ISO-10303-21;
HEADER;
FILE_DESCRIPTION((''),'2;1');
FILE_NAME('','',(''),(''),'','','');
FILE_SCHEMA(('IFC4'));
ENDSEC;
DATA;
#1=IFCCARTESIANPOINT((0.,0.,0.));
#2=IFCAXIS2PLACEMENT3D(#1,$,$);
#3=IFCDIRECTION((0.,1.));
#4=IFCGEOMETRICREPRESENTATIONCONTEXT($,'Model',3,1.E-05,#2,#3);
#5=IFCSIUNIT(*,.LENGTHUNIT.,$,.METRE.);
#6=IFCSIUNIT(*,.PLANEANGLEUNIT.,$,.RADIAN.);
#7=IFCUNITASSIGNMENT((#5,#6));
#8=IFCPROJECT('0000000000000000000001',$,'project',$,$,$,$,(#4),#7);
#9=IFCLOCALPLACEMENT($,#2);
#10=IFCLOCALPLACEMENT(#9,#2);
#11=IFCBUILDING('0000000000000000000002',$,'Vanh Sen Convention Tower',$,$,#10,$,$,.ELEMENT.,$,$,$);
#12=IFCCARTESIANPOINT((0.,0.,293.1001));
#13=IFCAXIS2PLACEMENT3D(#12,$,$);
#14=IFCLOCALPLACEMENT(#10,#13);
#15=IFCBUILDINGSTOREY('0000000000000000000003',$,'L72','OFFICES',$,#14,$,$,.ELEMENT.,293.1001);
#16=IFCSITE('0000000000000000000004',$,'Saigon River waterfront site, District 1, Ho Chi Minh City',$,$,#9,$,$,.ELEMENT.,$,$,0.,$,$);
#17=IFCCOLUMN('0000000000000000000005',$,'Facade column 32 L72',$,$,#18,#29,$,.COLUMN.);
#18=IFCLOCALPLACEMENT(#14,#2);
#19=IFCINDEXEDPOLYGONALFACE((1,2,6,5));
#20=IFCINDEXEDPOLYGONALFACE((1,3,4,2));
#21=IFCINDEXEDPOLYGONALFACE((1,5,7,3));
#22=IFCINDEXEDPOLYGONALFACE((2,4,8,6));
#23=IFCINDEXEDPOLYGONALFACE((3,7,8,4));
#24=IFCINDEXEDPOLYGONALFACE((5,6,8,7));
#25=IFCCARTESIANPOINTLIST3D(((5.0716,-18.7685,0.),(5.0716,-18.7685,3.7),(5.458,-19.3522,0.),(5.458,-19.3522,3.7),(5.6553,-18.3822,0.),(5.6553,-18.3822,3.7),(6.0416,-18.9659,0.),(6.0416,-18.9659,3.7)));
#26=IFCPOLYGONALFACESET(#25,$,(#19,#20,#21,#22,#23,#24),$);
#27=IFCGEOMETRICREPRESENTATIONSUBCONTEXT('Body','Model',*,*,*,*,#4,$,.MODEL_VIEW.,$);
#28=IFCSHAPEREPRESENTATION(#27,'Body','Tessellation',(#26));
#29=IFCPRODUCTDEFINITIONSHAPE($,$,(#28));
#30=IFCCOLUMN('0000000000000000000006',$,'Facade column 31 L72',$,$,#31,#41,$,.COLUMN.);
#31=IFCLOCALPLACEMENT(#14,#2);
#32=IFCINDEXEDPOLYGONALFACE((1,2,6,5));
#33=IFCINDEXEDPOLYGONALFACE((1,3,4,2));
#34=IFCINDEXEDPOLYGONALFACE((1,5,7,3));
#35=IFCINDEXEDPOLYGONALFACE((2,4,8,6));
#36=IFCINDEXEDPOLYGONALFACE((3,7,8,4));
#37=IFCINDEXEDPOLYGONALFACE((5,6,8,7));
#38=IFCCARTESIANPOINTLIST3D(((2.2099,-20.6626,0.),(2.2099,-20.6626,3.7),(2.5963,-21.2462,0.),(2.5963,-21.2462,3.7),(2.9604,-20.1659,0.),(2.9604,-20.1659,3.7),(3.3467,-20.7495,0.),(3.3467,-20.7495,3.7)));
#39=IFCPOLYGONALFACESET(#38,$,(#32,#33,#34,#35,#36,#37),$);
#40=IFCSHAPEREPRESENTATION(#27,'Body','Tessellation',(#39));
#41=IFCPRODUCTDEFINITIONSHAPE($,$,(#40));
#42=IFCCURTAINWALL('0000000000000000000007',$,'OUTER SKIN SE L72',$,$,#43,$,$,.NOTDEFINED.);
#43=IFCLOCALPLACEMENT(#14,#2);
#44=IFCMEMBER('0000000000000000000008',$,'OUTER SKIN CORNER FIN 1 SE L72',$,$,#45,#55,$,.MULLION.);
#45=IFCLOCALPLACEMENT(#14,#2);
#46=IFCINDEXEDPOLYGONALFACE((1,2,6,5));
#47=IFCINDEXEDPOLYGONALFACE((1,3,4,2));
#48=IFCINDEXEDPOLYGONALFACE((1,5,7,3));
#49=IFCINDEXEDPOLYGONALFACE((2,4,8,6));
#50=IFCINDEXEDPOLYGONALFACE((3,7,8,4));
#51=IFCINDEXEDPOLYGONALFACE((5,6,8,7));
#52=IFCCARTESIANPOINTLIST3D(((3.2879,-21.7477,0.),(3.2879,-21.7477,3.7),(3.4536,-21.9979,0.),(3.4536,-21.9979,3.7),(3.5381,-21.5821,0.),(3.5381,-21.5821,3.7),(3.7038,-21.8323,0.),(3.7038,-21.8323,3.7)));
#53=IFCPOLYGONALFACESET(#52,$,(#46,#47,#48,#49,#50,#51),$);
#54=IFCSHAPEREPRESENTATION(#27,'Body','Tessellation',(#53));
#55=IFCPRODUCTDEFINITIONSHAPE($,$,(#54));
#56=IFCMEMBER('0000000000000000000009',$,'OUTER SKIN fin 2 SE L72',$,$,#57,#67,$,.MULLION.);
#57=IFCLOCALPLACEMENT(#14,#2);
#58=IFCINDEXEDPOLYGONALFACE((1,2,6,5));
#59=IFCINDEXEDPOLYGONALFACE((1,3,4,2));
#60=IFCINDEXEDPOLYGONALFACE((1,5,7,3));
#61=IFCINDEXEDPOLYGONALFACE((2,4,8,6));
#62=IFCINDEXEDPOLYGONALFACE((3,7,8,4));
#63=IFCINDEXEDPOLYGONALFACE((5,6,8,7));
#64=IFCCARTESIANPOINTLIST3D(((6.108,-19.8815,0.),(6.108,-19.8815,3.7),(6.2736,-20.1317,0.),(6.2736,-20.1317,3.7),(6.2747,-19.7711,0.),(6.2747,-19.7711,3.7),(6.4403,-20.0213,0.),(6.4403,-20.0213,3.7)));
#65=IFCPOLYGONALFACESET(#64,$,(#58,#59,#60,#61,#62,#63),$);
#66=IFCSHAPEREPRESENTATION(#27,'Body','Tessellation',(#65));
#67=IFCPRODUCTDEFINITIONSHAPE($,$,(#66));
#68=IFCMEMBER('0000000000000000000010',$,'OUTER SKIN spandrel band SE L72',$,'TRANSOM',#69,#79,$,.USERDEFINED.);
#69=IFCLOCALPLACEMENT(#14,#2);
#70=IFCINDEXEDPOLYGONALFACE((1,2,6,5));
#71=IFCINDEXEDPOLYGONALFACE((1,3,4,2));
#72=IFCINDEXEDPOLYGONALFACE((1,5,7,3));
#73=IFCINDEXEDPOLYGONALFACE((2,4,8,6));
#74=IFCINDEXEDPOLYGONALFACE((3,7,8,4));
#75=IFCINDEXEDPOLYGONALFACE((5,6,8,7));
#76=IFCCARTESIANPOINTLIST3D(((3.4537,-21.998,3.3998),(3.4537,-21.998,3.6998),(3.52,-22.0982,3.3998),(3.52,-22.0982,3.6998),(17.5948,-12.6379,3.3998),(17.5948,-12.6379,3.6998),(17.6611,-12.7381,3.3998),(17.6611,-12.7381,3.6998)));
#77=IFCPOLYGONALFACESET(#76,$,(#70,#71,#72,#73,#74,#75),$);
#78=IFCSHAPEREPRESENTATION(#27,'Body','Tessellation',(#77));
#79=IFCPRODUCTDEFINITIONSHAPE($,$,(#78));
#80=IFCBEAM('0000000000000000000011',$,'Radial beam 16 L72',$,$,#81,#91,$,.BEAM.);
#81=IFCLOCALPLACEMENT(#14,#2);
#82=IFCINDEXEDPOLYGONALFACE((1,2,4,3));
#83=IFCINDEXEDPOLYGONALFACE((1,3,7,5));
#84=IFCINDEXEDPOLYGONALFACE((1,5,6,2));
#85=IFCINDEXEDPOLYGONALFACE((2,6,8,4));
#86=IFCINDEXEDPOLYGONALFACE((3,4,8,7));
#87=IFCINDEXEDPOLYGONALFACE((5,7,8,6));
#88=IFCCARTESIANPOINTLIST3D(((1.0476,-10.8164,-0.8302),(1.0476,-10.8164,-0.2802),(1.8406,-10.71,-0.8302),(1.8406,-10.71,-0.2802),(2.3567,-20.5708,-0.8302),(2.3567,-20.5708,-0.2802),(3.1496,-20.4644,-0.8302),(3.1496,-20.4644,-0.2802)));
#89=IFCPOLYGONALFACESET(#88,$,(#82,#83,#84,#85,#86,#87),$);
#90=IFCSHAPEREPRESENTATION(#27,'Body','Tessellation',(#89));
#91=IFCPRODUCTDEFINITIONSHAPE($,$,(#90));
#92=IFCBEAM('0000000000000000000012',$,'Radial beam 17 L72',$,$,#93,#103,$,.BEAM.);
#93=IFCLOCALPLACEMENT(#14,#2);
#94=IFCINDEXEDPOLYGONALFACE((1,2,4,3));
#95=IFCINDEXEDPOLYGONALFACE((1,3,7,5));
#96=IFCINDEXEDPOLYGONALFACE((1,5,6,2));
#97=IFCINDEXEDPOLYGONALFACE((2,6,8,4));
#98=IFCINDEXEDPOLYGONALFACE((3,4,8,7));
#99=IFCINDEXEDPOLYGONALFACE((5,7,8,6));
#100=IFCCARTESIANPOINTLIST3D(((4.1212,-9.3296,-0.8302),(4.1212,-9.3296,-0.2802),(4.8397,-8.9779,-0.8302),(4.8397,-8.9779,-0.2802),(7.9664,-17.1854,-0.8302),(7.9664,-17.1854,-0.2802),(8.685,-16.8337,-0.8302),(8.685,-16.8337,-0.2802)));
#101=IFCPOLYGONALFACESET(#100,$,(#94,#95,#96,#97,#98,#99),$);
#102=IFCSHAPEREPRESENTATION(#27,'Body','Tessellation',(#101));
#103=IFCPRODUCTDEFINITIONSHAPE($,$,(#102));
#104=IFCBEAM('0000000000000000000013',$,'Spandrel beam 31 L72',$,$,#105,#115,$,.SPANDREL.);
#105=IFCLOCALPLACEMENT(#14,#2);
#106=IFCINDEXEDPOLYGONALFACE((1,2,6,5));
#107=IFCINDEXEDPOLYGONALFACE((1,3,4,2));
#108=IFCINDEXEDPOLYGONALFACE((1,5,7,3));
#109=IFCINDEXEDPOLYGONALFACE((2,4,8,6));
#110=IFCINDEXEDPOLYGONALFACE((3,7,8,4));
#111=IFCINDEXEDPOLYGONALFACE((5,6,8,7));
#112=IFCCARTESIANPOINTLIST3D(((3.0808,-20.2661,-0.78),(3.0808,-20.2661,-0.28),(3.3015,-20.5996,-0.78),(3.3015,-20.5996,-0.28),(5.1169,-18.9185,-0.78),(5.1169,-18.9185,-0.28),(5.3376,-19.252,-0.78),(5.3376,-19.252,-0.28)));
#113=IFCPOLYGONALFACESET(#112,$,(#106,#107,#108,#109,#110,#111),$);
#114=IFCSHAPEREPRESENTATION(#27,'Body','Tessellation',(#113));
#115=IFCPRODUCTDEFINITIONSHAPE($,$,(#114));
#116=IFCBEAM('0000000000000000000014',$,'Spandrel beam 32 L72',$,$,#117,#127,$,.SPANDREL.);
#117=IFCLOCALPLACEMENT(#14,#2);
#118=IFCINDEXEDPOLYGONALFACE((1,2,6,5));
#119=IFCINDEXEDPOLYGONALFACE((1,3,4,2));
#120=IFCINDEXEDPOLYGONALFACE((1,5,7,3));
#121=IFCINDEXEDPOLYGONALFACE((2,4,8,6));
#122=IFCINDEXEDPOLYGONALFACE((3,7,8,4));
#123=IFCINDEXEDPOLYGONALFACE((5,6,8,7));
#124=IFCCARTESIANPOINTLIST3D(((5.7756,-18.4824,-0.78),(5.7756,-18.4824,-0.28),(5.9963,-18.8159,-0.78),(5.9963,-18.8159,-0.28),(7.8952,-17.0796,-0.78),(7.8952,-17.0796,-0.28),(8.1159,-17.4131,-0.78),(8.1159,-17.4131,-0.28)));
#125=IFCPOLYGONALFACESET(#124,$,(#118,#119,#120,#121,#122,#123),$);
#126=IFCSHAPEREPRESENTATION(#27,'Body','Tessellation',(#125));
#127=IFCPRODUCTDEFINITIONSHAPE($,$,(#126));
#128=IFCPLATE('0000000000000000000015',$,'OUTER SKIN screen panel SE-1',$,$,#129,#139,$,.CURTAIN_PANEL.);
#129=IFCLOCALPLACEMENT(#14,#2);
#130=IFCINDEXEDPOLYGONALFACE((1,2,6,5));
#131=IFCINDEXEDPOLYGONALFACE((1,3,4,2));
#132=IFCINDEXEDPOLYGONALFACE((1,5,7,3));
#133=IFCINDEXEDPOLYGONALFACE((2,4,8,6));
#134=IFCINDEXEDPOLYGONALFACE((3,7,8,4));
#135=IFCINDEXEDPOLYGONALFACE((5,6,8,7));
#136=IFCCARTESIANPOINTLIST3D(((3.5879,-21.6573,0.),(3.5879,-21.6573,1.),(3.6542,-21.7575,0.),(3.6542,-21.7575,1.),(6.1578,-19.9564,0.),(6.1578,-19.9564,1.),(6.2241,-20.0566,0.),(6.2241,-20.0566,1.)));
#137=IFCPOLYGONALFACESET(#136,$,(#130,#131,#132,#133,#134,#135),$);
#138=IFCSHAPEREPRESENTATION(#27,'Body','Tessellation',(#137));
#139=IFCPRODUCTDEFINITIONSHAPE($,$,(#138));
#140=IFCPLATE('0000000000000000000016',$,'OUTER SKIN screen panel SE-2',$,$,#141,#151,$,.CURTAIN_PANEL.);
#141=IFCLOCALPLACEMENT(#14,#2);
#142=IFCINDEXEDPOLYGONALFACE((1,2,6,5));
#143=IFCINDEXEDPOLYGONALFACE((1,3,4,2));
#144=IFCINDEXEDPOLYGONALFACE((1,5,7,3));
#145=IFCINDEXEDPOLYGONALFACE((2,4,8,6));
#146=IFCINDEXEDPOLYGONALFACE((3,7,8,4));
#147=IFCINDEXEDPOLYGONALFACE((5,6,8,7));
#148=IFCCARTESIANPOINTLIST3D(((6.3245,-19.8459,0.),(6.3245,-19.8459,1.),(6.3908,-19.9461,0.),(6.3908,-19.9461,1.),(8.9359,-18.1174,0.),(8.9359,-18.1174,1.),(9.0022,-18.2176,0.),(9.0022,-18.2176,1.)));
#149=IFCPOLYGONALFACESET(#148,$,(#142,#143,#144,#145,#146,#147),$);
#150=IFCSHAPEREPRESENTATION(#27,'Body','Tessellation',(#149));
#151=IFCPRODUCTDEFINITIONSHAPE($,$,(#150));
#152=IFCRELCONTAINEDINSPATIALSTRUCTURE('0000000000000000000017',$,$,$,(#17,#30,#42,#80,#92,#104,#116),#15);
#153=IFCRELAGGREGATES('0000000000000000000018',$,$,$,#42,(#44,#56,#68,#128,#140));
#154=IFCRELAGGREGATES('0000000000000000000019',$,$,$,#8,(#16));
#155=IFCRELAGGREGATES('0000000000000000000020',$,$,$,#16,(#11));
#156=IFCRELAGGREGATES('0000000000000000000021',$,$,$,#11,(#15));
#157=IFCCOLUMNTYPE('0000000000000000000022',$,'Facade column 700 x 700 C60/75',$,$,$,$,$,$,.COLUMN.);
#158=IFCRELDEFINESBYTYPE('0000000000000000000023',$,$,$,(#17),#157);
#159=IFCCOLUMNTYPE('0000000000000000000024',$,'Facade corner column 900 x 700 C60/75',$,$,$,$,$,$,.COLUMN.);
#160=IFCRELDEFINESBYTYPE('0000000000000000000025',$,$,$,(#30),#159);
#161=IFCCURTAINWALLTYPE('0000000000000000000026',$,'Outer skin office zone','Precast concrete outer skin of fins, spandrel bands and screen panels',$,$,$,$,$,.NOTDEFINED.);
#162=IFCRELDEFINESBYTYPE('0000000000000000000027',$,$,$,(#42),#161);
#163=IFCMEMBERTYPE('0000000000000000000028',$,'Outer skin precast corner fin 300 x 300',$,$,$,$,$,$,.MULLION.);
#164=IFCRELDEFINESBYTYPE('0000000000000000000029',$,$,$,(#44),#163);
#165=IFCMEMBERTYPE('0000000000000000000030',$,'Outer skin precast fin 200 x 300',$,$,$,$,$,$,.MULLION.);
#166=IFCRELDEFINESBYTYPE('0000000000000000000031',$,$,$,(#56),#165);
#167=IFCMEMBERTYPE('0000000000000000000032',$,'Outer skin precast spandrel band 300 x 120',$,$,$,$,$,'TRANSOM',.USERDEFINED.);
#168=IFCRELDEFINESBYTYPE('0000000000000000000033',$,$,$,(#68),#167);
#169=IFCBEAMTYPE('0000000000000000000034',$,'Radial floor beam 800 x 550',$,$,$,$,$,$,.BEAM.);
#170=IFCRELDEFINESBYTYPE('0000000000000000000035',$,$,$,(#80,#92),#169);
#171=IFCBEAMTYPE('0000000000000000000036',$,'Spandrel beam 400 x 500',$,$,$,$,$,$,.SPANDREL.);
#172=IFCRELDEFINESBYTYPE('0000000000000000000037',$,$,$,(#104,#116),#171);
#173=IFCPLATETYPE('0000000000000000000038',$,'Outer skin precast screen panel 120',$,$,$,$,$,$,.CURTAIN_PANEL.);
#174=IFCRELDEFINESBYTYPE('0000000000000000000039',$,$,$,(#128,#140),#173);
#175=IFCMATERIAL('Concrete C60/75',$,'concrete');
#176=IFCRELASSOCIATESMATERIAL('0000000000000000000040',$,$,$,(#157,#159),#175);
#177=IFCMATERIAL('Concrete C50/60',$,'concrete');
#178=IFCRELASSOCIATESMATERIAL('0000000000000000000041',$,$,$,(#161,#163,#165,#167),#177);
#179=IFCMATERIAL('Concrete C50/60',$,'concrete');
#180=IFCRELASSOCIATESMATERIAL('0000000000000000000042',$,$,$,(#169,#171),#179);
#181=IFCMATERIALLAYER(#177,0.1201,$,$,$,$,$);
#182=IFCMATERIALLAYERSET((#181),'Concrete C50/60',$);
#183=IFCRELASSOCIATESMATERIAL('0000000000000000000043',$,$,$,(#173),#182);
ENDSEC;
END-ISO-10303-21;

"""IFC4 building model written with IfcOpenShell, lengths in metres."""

from ifc_helpers import new_model, si_unit, direction, frame, origin, origin_2d, place, context, subcontext, project, spatial, rectangle, extrude, material, layer, layer_set, material_profile, profile_set, type_object, element, aggregate, save


model = new_model("IFC4")

# Units and contexts
model_context = context("Model", 3, precision=1e-05, world=origin(), true_north=direction((0.0, 1.0)))
body_context = subcontext(model_context, "Body", "Model", "MODEL_VIEW")
ifc_project = project(units=[si_unit("LENGTHUNIT", "METRE"), si_unit("PLANEANGLEUNIT", "RADIAN")], contexts=[model_context])

# Site, building, storey
site_placement = place(None, origin())
site = spatial("IfcSite", under=ifc_project, at=site_placement, Name="Saigon River waterfront site, District 1, Ho Chi Minh City", CompositionType="ELEMENT", RefElevation=0.0)
building_placement = place(site_placement, origin())
building = spatial("IfcBuilding", under=site, at=building_placement, Name="Vanh Sen Convention Tower", CompositionType="ELEMENT")
storey_placement = place(building_placement, frame((0.0, 0.0, 293.1001)))
storey = spatial("IfcBuildingStorey", under=building, at=storey_placement, Name="L72", Description="OFFICES", CompositionType="ELEMENT", Elevation=293.1001)

# Columns
ifc_material_1 = material(Name="Concrete C60/75", Category="concrete")
ifc_material_profile_1 = material_profile(ifc_material_1, rectangle(XDim=0.7, YDim=0.7, at=origin_2d()), Name="RC 700X700")
ifc_profile_set_1 = profile_set([ifc_material_profile_1], Name="Concrete C60/75")
column_type_1 = type_object("IfcColumnType", Name="Facade column 700 x 700 C60/75", PredefinedType="COLUMN", material=ifc_profile_set_1)
column_1_placement = place(storey_placement, frame((5.5566, -18.8672, 0.0), z_axis=(0.0, 0.0, 1.0), x_axis=(0.833886, 0.551937, 0.0)))
element("IfcColumn", 1, at=column_1_placement, inside=storey, type_object=column_type_1, Name="Facade column 32 L72", PredefinedType="COLUMN", context=body_context, shape_type="SweptSolid", body=[
    extrude(rectangle(XDim=0.7, YDim=0.7, at=origin_2d()), origin(), (0.0, 0.0, 1.0), 3.7),
])
ifc_material_profile_2 = material_profile(ifc_material_1, rectangle(XDim=0.8999, YDim=0.7, at=origin_2d()), Name="RC 900X700")
ifc_profile_set_2 = profile_set([ifc_material_profile_2], Name="Concrete C60/75")
column_type_2 = type_object("IfcColumnType", Name="Facade corner column 900 x 700 C60/75", PredefinedType="COLUMN", material=ifc_profile_set_2)
column_2_placement = place(storey_placement, frame((2.7783, -20.7061, 0.0), z_axis=(0.0, 0.0, 1.0), x_axis=(0.833886, 0.551937, 0.0)))
element("IfcColumn", 2, at=column_2_placement, inside=storey, type_object=column_type_2, Name="Facade column 31 L72", PredefinedType="COLUMN", context=body_context, shape_type="SweptSolid", body=[
    extrude(rectangle(XDim=0.8999, YDim=0.7, at=origin_2d()), origin(), (0.0, 0.0, 1.0), 3.7),
])

# Curtain wall, members
ifc_material_2 = material(Name="Concrete C50/60", Category="concrete")
curtain_wall_type = type_object("IfcCurtainWallType", Name="Outer skin office zone", Description="Precast concrete outer skin of fins, spandrel bands and screen panels", PredefinedType="NOTDEFINED", material=ifc_material_2)
curtain_wall_placement = place(storey_placement, origin())
curtain_wall = element("IfcCurtainWall", 3, at=curtain_wall_placement, inside=storey, type_object=curtain_wall_type, Name="OUTER SKIN SE L72", PredefinedType="NOTDEFINED")
ifc_material_profile_3 = material_profile(ifc_material_2, rectangle(XDim=0.3, YDim=0.3, at=origin_2d()), Name="Outer skin precast corner fin 300 x 300")
ifc_profile_set_3 = profile_set([ifc_material_profile_3], Name="Concrete C50/60")
member_type_1 = type_object("IfcMemberType", Name="Outer skin precast corner fin 300 x 300", PredefinedType="MULLION", material=ifc_profile_set_3)
member_1_placement = place(storey_placement, frame((3.4958, -21.79, 0.0), z_axis=(0.0, 0.0, 1.0), x_axis=(0.833886, 0.551937, 0.0)))
member_1 = element("IfcMember", 4, at=member_1_placement, type_object=member_type_1, Name="OUTER SKIN CORNER FIN 1 SE L72", PredefinedType="MULLION", context=body_context, shape_type="SweptSolid", body=[
    extrude(rectangle(XDim=0.3, YDim=0.3, at=origin_2d()), origin(), (0.0, 0.0, 1.0), 3.7),
])
ifc_material_profile_4 = material_profile(ifc_material_2, rectangle(XDim=0.2, YDim=0.3, at=origin_2d()), Name="Outer skin precast fin 200 x 300")
ifc_profile_set_4 = profile_set([ifc_material_profile_4], Name="Concrete C50/60")
member_type_2 = type_object("IfcMemberType", Name="Outer skin precast fin 200 x 300", PredefinedType="MULLION", material=ifc_profile_set_4)
member_2_placement = place(storey_placement, frame((6.2742, -19.9514, 0.0), z_axis=(0.0, 0.0, 1.0), x_axis=(0.833886, 0.551937, 0.0)))
member_2 = element("IfcMember", 5, at=member_2_placement, type_object=member_type_2, Name="OUTER SKIN fin 2 SE L72", PredefinedType="MULLION", context=body_context, shape_type="SweptSolid", body=[
    extrude(rectangle(XDim=0.2, YDim=0.3, at=origin_2d()), origin(), (0.0, 0.0, 1.0), 3.7),
])
ifc_material_profile_5 = material_profile(ifc_material_2, rectangle(XDim=0.1201, YDim=0.3, at=origin_2d()), Name="Outer skin precast spandrel band 300 x 120")
ifc_profile_set_5 = profile_set([ifc_material_profile_5], Name="Concrete C50/60")
member_type_3 = type_object("IfcMemberType", Name="Outer skin precast spandrel band 300 x 120", ElementType="TRANSOM", PredefinedType="USERDEFINED", material=ifc_profile_set_5)
member_3_placement = place(storey_placement, frame((3.4868, -22.0481, 3.5498), z_axis=(0.833877, 0.55195, 0.0), x_axis=(-0.55195, 0.833877, 0.0)))
member_3 = element("IfcMember", 6, at=member_3_placement, type_object=member_type_3, Name="OUTER SKIN spandrel band SE L72", ObjectType="TRANSOM", PredefinedType="USERDEFINED", context=body_context, shape_type="SweptSolid", body=[
    extrude(rectangle(XDim=0.1201, YDim=0.3, at=origin_2d()), origin(), (0.0, 0.0, 1.0), 16.9583),
])

# Beams
ifc_material_3 = material(Name="Concrete C50/60", Category="concrete")
ifc_material_profile_6 = material_profile(ifc_material_3, rectangle(XDim=0.8, YDim=0.55, at=origin_2d()), Name="RC 800X550")
ifc_profile_set_6 = profile_set([ifc_material_profile_6], Name="Concrete C50/60")
beam_type_1 = type_object("IfcBeamType", Name="Radial floor beam 800 x 550", PredefinedType="BEAM", material=ifc_profile_set_6)
beam_1_placement = place(storey_placement, frame((2.7532, -20.5176, -0.5552), z_axis=(-0.133012, 0.991114, 0.0), x_axis=(-0.991114, -0.133012, 0.0)))
element("IfcBeam", 7, at=beam_1_placement, inside=storey, type_object=beam_type_1, Name="Radial beam 16 L72", PredefinedType="BEAM", context=body_context, shape_type="SweptSolid", body=[
    extrude(rectangle(XDim=0.8, YDim=0.55, at=origin_2d()), origin(), (0.0, 0.0, 1.0), 9.8418),
])
beam_2_placement = place(storey_placement, frame((8.3257, -17.0095, -0.5552), z_axis=(-0.439639, 0.898175, 0.0), x_axis=(-0.898175, -0.439639, 0.0)))
element("IfcBeam", 8, at=beam_2_placement, inside=storey, type_object=beam_type_1, Name="Radial beam 17 L72", PredefinedType="BEAM", context=body_context, shape_type="SweptSolid", body=[
    extrude(rectangle(XDim=0.8, YDim=0.55, at=origin_2d()), origin(), (0.0, 0.0, 1.0), 8.7463),
])
ifc_material_profile_7 = material_profile(ifc_material_3, rectangle(XDim=0.3999, YDim=0.5, at=origin_2d()), Name="RC 400X500")
ifc_profile_set_7 = profile_set([ifc_material_profile_7], Name="Concrete C50/60")
beam_type_2 = type_object("IfcBeamType", Name="Spandrel beam 400 x 500", PredefinedType="SPANDREL", material=ifc_profile_set_7)
beam_3_placement = place(storey_placement, frame((3.1912, -20.4329, -0.53), z_axis=(0.833892, 0.551928, 0.0), x_axis=(-0.551928, 0.833892, 0.0)))
element("IfcBeam", 9, at=beam_3_placement, inside=storey, type_object=beam_type_2, Name="Spandrel beam 31 L72", PredefinedType="SPANDREL", context=body_context, shape_type="SweptSolid", body=[
    extrude(rectangle(XDim=0.3999, YDim=0.5, at=origin_2d()), origin(), (0.0, 0.0, 1.0), 2.4417),
])
beam_4_placement = place(storey_placement, frame((5.886, -18.6492, -0.53), z_axis=(0.833908, 0.551904, 0.0), x_axis=(-0.551904, 0.833908, 0.0)))
element("IfcBeam", 10, at=beam_4_placement, inside=storey, type_object=beam_type_2, Name="Spandrel beam 32 L72", PredefinedType="SPANDREL", context=body_context, shape_type="SweptSolid", body=[
    extrude(rectangle(XDim=0.3999, YDim=0.5, at=origin_2d()), origin(), (0.0, 0.0, 1.0), 2.5417),
])

# Plates
ifc_layer_1 = layer(ifc_material_2, 0.1201)
ifc_layer_set_1 = layer_set([ifc_layer_1], Name="Concrete C50/60")
plate_type = type_object("IfcPlateType", Name="Outer skin precast screen panel 120", PredefinedType="CURTAIN_PANEL", material=ifc_layer_set_1)
plate_1_placement = place(storey_placement, frame((4.906, -20.8569, 0.0), z_axis=(0.0, 0.0, 1.0), x_axis=(0.833902, 0.551912, 0.0)))
plate_1 = element("IfcPlate", 11, at=plate_1_placement, type_object=plate_type, Name="OUTER SKIN screen panel SE-1", PredefinedType="CURTAIN_PANEL", context=body_context, shape_type="SweptSolid", body=[
    extrude(rectangle(XDim=3.0818, YDim=0.1201, at=origin_2d()), origin(), (0.0, 0.0, 1.0), 1.0),
])
plate_2_placement = place(storey_placement, frame((7.6633, -19.0317, 0.0), z_axis=(0.0, 0.0, 1.0), x_axis=(0.833879, 0.551947, 0.0)))
plate_2 = element("IfcPlate", 12, at=plate_2_placement, type_object=plate_type, Name="OUTER SKIN screen panel SE-2", PredefinedType="CURTAIN_PANEL", context=body_context, shape_type="SweptSolid", body=[
    extrude(rectangle(XDim=3.1316, YDim=0.1201, at=origin_2d()), origin(), (0.0, 0.0, 1.0), 1.0),
])
aggregate(curtain_wall, [member_1, member_2, member_3, plate_1, plate_2])

save(model, "model.ifc")
